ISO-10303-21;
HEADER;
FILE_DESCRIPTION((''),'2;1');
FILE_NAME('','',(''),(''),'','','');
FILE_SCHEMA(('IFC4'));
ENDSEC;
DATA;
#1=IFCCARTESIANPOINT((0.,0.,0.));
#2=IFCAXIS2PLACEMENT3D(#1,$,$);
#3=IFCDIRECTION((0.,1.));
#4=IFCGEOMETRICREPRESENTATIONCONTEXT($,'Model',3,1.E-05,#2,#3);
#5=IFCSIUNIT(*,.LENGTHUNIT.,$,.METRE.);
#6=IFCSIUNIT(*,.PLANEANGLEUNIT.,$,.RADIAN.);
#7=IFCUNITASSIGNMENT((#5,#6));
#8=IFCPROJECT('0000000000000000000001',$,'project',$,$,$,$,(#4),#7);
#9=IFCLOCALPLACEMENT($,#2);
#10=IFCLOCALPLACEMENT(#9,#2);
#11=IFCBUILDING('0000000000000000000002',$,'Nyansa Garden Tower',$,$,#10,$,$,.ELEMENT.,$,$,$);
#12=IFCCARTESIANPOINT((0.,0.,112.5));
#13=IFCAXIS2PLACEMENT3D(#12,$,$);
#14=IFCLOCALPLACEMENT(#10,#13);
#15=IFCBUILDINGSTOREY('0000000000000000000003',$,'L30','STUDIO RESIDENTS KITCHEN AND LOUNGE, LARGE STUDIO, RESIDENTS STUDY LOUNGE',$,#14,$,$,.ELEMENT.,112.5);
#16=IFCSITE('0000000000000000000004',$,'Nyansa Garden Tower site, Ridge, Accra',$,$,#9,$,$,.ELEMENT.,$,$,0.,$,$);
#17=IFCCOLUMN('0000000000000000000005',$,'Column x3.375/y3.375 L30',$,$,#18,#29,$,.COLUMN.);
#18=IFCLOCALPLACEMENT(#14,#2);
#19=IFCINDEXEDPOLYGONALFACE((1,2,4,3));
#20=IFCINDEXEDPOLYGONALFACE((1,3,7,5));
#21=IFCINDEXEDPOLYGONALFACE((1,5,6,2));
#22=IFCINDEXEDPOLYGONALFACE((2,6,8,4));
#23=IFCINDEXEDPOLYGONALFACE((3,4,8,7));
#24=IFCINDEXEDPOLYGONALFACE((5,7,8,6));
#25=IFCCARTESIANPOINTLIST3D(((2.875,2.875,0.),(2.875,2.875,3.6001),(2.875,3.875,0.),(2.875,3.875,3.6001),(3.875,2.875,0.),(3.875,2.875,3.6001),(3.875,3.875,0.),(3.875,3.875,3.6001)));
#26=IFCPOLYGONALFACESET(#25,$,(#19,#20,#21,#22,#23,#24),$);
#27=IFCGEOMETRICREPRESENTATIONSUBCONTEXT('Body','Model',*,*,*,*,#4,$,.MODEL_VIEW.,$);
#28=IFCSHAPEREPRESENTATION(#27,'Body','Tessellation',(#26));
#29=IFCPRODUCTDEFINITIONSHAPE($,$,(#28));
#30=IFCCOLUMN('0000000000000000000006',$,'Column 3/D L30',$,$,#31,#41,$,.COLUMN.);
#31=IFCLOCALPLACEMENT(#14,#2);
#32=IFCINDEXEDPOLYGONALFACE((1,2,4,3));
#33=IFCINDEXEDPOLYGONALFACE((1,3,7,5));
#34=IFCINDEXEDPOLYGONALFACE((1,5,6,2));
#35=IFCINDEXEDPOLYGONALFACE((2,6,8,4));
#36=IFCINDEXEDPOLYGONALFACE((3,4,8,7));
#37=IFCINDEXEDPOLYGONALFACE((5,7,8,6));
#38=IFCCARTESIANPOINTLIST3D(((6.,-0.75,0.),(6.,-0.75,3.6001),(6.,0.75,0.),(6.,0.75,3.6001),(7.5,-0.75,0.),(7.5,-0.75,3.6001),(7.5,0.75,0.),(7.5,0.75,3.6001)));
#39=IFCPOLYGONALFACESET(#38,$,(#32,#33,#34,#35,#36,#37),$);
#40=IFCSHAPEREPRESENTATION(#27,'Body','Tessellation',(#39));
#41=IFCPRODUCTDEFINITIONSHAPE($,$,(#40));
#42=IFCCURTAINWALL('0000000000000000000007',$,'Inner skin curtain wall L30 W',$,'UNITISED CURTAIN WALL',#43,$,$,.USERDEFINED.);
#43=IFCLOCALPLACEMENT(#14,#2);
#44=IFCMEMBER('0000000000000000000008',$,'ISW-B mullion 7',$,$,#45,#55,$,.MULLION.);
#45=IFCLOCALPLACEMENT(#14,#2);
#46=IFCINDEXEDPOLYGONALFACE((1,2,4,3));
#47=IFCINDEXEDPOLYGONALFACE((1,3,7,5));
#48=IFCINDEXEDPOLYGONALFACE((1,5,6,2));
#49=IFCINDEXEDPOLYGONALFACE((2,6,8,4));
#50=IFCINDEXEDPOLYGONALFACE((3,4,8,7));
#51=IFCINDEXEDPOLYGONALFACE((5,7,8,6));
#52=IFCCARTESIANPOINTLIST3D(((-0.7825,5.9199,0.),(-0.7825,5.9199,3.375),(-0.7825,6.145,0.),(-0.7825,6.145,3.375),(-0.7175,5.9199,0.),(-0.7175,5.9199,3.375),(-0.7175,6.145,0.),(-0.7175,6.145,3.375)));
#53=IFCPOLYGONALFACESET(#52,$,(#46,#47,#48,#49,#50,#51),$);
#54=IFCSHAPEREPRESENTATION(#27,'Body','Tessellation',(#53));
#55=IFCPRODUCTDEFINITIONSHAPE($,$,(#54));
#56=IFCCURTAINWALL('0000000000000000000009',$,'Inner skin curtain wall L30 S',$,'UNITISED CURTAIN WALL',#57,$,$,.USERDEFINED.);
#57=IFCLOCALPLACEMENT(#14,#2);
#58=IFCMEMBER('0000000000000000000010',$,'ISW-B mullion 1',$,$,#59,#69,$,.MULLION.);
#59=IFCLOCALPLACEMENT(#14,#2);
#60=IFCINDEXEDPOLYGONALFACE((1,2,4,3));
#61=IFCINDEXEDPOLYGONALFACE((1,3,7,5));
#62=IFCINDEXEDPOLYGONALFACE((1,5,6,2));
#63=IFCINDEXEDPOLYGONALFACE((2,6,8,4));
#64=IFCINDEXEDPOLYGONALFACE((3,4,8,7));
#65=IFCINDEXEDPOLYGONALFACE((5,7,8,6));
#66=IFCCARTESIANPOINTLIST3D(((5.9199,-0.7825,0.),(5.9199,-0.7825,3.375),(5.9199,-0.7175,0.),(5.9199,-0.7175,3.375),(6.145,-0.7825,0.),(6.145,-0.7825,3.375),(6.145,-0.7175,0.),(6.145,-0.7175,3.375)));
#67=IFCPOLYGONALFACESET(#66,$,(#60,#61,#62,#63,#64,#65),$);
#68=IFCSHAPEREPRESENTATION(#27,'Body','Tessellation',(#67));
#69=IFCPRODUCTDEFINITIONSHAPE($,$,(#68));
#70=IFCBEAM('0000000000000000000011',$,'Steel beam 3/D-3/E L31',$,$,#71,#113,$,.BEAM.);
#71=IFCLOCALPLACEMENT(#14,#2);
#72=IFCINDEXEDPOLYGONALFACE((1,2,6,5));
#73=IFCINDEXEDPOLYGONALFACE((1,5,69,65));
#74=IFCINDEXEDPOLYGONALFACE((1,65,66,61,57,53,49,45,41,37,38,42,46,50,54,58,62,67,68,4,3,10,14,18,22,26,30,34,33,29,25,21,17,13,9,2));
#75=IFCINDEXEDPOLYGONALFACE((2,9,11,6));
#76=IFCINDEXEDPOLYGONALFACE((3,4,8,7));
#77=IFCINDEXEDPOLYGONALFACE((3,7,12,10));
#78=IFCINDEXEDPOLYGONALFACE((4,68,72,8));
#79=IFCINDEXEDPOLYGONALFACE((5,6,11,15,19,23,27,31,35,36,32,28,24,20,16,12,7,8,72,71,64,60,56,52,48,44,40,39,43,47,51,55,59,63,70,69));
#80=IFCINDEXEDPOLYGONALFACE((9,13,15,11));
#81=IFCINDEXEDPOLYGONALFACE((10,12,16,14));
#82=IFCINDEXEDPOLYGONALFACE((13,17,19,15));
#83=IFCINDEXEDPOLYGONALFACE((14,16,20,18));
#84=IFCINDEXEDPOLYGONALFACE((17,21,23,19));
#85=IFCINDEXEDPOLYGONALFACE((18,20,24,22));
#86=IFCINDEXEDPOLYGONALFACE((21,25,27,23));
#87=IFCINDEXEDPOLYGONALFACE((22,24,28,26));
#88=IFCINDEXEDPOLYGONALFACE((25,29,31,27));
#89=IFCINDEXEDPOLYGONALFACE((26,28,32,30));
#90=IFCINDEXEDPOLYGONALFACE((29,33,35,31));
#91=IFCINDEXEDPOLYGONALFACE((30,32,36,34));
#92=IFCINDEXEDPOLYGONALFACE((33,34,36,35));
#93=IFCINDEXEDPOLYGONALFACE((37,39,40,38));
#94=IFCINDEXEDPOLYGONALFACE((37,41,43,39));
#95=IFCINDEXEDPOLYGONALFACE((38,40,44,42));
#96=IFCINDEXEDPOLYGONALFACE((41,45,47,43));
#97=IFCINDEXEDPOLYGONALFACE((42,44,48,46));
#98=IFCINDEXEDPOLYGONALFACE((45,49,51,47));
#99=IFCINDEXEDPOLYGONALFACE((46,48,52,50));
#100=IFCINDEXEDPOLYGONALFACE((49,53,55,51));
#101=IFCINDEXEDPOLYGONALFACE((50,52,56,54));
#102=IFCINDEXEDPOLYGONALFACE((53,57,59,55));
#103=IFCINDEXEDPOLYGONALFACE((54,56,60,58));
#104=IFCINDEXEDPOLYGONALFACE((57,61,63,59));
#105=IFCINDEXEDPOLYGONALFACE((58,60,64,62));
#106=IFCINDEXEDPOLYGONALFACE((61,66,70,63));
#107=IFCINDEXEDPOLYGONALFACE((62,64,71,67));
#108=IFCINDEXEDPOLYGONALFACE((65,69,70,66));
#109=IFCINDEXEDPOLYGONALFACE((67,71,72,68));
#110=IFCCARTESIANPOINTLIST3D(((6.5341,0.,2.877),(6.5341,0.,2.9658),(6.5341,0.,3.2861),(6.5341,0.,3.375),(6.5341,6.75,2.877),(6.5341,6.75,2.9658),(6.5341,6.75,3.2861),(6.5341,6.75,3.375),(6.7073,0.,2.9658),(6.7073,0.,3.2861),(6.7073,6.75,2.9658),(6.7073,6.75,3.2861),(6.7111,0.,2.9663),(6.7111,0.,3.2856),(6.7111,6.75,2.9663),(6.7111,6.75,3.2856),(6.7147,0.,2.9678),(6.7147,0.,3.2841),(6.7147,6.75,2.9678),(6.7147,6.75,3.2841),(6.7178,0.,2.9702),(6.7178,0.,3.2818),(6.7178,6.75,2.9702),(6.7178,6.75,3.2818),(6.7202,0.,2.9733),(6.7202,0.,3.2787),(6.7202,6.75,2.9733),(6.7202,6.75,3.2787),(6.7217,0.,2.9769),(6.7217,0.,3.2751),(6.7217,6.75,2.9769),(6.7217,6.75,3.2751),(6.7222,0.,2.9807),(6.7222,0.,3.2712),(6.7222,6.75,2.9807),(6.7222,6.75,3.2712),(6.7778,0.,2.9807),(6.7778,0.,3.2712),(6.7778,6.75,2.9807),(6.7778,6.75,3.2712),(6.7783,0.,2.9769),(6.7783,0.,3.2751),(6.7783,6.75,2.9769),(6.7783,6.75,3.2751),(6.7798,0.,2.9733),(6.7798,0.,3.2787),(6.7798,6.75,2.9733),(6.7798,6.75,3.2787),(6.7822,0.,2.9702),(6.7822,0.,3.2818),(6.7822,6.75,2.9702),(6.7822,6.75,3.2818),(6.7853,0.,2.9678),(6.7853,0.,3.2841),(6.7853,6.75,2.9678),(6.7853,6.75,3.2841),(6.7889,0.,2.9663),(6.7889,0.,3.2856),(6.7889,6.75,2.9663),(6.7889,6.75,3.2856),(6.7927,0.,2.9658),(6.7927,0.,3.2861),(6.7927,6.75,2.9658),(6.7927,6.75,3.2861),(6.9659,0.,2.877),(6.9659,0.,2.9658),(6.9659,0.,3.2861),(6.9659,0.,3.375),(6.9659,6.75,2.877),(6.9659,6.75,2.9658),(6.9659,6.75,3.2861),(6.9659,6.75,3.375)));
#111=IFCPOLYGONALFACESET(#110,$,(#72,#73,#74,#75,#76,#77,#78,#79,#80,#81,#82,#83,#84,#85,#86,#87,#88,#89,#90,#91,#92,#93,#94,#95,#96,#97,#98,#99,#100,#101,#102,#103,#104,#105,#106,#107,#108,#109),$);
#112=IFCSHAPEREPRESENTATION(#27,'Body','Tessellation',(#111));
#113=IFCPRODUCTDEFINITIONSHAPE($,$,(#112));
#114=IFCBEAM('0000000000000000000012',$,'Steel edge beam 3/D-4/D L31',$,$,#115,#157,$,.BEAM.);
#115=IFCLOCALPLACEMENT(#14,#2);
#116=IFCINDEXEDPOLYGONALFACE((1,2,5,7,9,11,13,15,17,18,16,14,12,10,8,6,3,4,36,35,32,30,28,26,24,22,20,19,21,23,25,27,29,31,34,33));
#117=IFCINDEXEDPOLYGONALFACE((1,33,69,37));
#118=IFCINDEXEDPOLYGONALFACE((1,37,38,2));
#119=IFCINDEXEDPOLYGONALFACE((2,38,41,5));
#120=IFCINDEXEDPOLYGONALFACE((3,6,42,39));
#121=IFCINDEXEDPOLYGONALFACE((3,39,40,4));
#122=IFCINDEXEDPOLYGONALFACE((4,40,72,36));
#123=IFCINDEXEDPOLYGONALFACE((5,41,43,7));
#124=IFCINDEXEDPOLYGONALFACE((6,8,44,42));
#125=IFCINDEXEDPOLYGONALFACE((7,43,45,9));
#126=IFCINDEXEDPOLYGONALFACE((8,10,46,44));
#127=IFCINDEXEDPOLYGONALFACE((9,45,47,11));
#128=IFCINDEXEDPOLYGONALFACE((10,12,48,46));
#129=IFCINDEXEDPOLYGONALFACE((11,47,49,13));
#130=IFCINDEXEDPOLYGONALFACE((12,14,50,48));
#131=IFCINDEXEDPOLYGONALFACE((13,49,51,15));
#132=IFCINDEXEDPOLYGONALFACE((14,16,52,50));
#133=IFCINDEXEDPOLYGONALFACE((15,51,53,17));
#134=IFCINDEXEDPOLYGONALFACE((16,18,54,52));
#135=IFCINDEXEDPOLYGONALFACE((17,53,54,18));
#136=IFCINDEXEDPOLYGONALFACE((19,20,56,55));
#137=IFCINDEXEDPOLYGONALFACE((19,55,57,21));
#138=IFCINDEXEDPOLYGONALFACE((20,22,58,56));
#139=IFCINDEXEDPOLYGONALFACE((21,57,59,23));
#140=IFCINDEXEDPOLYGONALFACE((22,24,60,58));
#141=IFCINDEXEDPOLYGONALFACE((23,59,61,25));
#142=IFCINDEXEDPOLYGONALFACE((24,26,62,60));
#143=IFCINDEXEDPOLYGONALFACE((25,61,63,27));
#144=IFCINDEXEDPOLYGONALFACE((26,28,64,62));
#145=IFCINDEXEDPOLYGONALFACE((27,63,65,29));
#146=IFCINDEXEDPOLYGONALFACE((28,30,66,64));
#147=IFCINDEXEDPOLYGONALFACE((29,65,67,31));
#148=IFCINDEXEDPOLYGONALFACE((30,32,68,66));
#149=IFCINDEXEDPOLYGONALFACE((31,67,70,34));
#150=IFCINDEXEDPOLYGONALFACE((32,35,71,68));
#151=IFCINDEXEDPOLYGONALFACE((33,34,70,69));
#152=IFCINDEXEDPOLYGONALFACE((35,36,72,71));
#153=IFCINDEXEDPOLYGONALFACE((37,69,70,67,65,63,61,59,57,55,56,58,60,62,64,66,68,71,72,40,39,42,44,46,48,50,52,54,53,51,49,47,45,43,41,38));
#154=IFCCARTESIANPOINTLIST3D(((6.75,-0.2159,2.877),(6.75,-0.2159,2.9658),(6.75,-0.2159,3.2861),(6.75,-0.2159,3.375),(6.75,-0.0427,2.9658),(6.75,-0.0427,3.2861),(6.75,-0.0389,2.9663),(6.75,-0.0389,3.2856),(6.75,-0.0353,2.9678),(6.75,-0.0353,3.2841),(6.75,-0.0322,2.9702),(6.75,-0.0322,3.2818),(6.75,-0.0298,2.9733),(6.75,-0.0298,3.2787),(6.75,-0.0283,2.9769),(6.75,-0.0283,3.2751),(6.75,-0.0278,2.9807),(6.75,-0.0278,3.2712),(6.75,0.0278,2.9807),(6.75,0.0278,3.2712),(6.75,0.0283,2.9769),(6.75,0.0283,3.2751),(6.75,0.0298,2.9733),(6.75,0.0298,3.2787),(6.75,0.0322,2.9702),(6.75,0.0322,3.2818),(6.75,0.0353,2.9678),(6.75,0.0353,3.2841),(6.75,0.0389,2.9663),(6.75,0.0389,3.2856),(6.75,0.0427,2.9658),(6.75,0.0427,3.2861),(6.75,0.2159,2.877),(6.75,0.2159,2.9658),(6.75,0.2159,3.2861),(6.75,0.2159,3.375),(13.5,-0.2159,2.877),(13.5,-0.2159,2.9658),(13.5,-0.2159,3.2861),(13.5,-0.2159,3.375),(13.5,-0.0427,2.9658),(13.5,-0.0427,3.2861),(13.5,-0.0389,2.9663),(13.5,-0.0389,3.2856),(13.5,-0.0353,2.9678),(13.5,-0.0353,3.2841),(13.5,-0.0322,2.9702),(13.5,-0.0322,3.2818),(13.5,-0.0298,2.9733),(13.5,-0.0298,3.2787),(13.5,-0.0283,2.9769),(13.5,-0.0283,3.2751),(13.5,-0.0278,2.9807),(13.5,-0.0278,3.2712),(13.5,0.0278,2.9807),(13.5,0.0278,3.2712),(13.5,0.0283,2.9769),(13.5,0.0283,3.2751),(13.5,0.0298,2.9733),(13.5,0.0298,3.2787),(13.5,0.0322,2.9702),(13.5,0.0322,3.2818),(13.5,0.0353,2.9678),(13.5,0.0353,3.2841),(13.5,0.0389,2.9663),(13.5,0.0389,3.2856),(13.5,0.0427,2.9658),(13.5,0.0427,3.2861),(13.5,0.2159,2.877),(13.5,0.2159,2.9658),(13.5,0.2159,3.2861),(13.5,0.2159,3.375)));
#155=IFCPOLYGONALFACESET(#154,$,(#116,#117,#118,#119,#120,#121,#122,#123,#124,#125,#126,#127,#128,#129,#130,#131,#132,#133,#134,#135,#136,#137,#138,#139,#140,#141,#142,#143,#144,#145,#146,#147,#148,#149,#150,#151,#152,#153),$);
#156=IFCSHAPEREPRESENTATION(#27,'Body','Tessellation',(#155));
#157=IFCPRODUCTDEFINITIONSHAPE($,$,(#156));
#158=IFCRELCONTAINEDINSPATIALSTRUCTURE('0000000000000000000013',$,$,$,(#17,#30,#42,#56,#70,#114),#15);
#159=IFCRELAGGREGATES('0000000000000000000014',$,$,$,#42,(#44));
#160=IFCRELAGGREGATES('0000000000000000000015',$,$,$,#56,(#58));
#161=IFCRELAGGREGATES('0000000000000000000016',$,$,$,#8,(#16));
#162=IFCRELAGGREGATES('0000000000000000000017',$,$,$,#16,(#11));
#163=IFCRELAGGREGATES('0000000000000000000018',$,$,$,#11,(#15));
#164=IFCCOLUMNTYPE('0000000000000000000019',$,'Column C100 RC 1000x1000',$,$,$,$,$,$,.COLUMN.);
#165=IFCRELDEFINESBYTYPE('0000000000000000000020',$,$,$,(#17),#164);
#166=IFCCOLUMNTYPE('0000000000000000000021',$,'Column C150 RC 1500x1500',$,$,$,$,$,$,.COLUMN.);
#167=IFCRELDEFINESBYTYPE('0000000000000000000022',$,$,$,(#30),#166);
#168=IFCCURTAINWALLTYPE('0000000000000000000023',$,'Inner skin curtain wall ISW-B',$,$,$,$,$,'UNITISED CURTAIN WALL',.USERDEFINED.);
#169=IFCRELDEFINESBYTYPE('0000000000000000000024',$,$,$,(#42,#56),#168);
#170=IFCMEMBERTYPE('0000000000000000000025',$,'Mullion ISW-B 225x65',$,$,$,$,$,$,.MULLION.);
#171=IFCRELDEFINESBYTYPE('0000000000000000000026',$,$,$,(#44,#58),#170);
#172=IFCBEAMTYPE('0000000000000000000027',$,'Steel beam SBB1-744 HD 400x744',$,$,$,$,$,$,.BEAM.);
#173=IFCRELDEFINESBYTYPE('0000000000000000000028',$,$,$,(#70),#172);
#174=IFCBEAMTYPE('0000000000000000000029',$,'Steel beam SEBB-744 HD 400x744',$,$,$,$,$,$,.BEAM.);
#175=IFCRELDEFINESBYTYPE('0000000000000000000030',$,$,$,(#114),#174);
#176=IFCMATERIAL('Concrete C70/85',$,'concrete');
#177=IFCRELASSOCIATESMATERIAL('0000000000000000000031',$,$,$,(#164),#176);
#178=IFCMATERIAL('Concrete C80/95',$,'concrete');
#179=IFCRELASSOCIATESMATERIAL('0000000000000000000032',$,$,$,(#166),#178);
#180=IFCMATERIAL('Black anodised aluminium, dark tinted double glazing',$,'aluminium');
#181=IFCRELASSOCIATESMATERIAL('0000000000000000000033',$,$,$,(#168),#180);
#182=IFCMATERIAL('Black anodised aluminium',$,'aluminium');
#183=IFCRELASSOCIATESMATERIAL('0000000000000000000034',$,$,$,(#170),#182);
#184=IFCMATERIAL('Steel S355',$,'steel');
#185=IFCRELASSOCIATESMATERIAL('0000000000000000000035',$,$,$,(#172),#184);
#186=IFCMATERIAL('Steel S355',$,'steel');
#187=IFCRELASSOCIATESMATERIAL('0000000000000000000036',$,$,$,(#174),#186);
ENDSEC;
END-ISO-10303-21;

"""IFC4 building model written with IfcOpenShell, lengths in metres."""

from ifc_helpers import new_model, si_unit, direction, frame, origin, origin_2d, place, context, subcontext, project, spatial, rectangle, i_section, extrude, material, material_profile, profile_set, type_object, element, aggregate, save


model = new_model("IFC4")

# Units and contexts
model_context = context("Model", 3, precision=1e-05, world=origin(), true_north=direction((0.0, 1.0)))
body_context = subcontext(model_context, "Body", "Model", "MODEL_VIEW")
ifc_project = project(units=[si_unit("LENGTHUNIT", "METRE"), si_unit("PLANEANGLEUNIT", "RADIAN")], contexts=[model_context])

# Site, building, storey
site_placement = place(None, origin())
site = spatial("IfcSite", under=ifc_project, at=site_placement, Name="Nyansa Garden Tower site, Ridge, Accra", CompositionType="ELEMENT", RefElevation=0.0)
building_placement = place(site_placement, origin())
building = spatial("IfcBuilding", under=site, at=building_placement, Name="Nyansa Garden Tower", CompositionType="ELEMENT")
storey_placement = place(building_placement, frame((0.0, 0.0, 112.5)))
storey = spatial("IfcBuildingStorey", under=building, at=storey_placement, Name="L30", Description="STUDIO RESIDENTS KITCHEN AND LOUNGE, LARGE STUDIO, RESIDENTS STUDY LOUNGE", CompositionType="ELEMENT", Elevation=112.5)

# Columns
ifc_material_1 = material(Name="Concrete C70/85", Category="concrete")
ifc_material_profile_1 = material_profile(ifc_material_1, rectangle(XDim=1.0, YDim=1.0, at=origin_2d()), Name="RC 1000x1000")
ifc_profile_set_1 = profile_set([ifc_material_profile_1], Name="Concrete C70/85")
column_type_1 = type_object("IfcColumnType", Name="Column C100 RC 1000x1000", PredefinedType="COLUMN", material=ifc_profile_set_1)
column_1_placement = place(storey_placement, frame((3.375, 3.375, 0.0), z_axis=(0.0, 0.0, 1.0), x_axis=(1.0, 0.0, 0.0)))
element("IfcColumn", 1, at=column_1_placement, inside=storey, type_object=column_type_1, Name="Column x3.375/y3.375 L30", PredefinedType="COLUMN", context=body_context, shape_type="SweptSolid", body=[
    extrude(rectangle(XDim=1.0, YDim=1.0, at=origin_2d()), origin(), (0.0, 0.0, 1.0), 3.6001),
])
ifc_material_2 = material(Name="Concrete C80/95", Category="concrete")
ifc_material_profile_2 = material_profile(ifc_material_2, rectangle(XDim=1.5, YDim=1.5, at=origin_2d()), Name="RC 1500x1500")
ifc_profile_set_2 = profile_set([ifc_material_profile_2], Name="Concrete C80/95")
column_type_2 = type_object("IfcColumnType", Name="Column C150 RC 1500x1500", PredefinedType="COLUMN", material=ifc_profile_set_2)
column_2_placement = place(storey_placement, frame((6.75, 0.0, 0.0), z_axis=(0.0, 0.0, 1.0), x_axis=(1.0, 0.0, 0.0)))
element("IfcColumn", 2, at=column_2_placement, inside=storey, type_object=column_type_2, Name="Column 3/D L30", PredefinedType="COLUMN", context=body_context, shape_type="SweptSolid", body=[
    extrude(rectangle(XDim=1.5, YDim=1.5, at=origin_2d()), origin(), (0.0, 0.0, 1.0), 3.6001),
])

# Curtain walls, members
ifc_material_3 = material(Name="Black anodised aluminium, dark tinted double glazing", Category="aluminium")
curtain_wall_type = type_object("IfcCurtainWallType", Name="Inner skin curtain wall ISW-B", ElementType="UNITISED CURTAIN WALL", PredefinedType="USERDEFINED", material=ifc_material_3)
curtain_wall_1_placement = place(storey_placement, origin())
curtain_wall_1 = element("IfcCurtainWall", 3, at=curtain_wall_1_placement, inside=storey, type_object=curtain_wall_type, Name="Inner skin curtain wall L30 W", ObjectType="UNITISED CURTAIN WALL", PredefinedType="USERDEFINED")
ifc_material_4 = material(Name="Black anodised aluminium", Category="aluminium")
ifc_material_profile_3 = material_profile(ifc_material_4, rectangle(XDim=0.0649, YDim=0.2251, at=origin_2d()), Name="Mullion 225x65")
ifc_profile_set_3 = profile_set([ifc_material_profile_3], Name="Black anodised aluminium")
member_type_1 = type_object("IfcMemberType", Name="Mullion ISW-B 225x65", PredefinedType="MULLION", material=ifc_profile_set_3)
member_1_placement = place(storey_placement, frame((-0.75, 6.0325, 0.0), z_axis=(0.0, 0.0, 1.0), x_axis=(1.0, 0.0, 0.0)))
member_1 = element("IfcMember", 4, at=member_1_placement, type_object=member_type_1, Name="ISW-B mullion 7", PredefinedType="MULLION", context=body_context, shape_type="SweptSolid", body=[
    extrude(rectangle(XDim=0.0649, YDim=0.2251, at=origin_2d()), origin(), (0.0, 0.0, 1.0), 3.375),
])
aggregate(curtain_wall_1, [member_1])
curtain_wall_2_placement = place(storey_placement, origin())
curtain_wall_2 = element("IfcCurtainWall", 5, at=curtain_wall_2_placement, inside=storey, type_object=curtain_wall_type, Name="Inner skin curtain wall L30 S", ObjectType="UNITISED CURTAIN WALL", PredefinedType="USERDEFINED")
member_2_placement = place(storey_placement, frame((6.0325, -0.75, 0.0), z_axis=(0.0, 0.0, 1.0), x_axis=(0.0, 1.0, 0.0)))
member_2 = element("IfcMember", 6, at=member_2_placement, type_object=member_type_1, Name="ISW-B mullion 1", PredefinedType="MULLION", context=body_context, shape_type="SweptSolid", body=[
    extrude(rectangle(XDim=0.0649, YDim=0.2251, at=origin_2d()), origin(), (0.0, 0.0, 1.0), 3.375),
])

# Beams
ifc_material_5 = material(Name="Steel S355", Category="steel")
ifc_material_profile_4 = material_profile(ifc_material_5, i_section(OverallWidth=0.4319, OverallDepth=0.498, WebThickness=0.0557, FlangeThickness=0.0889, FilletRadius=0.0149, at=origin_2d()), Name="HD 400x744")
ifc_profile_set_4 = profile_set([ifc_material_profile_4], Name="Steel S355")
beam_type_1 = type_object("IfcBeamType", Name="Steel beam SBB1-744 HD 400x744", PredefinedType="BEAM", material=ifc_profile_set_4)
beam_1_placement = place(storey_placement, frame((6.75, 0.0, 3.126), z_axis=(0.0, 1.0, 0.0), x_axis=(-1.0, 0.0, 0.0)))
element("IfcBeam", 7, at=beam_1_placement, inside=storey, type_object=beam_type_1, Name="Steel beam 3/D-3/E L31", PredefinedType="BEAM", context=body_context, shape_type="SweptSolid", body=[
    extrude(i_section(OverallWidth=0.4319, OverallDepth=0.498, WebThickness=0.0557, FlangeThickness=0.0889, FilletRadius=0.0149, at=origin_2d()), origin(), (0.0, 0.0, 1.0), 6.75),
])
ifc_material_6 = material(Name="Steel S355", Category="steel")
ifc_material_profile_5 = material_profile(ifc_material_6, i_section(OverallWidth=0.4319, OverallDepth=0.498, WebThickness=0.0557, FlangeThickness=0.0889, FilletRadius=0.0149, at=origin_2d()), Name="HD 400x744")
ifc_profile_set_5 = profile_set([ifc_material_profile_5], Name="Steel S355")
beam_type_2 = type_object("IfcBeamType", Name="Steel beam SEBB-744 HD 400x744", PredefinedType="BEAM", material=ifc_profile_set_5)
beam_2_placement = place(storey_placement, frame((6.75, 0.0, 3.126), z_axis=(1.0, 0.0, 0.0), x_axis=(0.0, 1.0, 0.0)))
element("IfcBeam", 8, at=beam_2_placement, inside=storey, type_object=beam_type_2, Name="Steel edge beam 3/D-4/D L31", PredefinedType="BEAM", context=body_context, shape_type="SweptSolid", body=[
    extrude(i_section(OverallWidth=0.4319, OverallDepth=0.498, WebThickness=0.0557, FlangeThickness=0.0889, FilletRadius=0.0149, at=origin_2d()), origin(), (0.0, 0.0, 1.0), 6.75),
])

aggregate(curtain_wall_2, [member_2])

save(model, "model.ifc")
